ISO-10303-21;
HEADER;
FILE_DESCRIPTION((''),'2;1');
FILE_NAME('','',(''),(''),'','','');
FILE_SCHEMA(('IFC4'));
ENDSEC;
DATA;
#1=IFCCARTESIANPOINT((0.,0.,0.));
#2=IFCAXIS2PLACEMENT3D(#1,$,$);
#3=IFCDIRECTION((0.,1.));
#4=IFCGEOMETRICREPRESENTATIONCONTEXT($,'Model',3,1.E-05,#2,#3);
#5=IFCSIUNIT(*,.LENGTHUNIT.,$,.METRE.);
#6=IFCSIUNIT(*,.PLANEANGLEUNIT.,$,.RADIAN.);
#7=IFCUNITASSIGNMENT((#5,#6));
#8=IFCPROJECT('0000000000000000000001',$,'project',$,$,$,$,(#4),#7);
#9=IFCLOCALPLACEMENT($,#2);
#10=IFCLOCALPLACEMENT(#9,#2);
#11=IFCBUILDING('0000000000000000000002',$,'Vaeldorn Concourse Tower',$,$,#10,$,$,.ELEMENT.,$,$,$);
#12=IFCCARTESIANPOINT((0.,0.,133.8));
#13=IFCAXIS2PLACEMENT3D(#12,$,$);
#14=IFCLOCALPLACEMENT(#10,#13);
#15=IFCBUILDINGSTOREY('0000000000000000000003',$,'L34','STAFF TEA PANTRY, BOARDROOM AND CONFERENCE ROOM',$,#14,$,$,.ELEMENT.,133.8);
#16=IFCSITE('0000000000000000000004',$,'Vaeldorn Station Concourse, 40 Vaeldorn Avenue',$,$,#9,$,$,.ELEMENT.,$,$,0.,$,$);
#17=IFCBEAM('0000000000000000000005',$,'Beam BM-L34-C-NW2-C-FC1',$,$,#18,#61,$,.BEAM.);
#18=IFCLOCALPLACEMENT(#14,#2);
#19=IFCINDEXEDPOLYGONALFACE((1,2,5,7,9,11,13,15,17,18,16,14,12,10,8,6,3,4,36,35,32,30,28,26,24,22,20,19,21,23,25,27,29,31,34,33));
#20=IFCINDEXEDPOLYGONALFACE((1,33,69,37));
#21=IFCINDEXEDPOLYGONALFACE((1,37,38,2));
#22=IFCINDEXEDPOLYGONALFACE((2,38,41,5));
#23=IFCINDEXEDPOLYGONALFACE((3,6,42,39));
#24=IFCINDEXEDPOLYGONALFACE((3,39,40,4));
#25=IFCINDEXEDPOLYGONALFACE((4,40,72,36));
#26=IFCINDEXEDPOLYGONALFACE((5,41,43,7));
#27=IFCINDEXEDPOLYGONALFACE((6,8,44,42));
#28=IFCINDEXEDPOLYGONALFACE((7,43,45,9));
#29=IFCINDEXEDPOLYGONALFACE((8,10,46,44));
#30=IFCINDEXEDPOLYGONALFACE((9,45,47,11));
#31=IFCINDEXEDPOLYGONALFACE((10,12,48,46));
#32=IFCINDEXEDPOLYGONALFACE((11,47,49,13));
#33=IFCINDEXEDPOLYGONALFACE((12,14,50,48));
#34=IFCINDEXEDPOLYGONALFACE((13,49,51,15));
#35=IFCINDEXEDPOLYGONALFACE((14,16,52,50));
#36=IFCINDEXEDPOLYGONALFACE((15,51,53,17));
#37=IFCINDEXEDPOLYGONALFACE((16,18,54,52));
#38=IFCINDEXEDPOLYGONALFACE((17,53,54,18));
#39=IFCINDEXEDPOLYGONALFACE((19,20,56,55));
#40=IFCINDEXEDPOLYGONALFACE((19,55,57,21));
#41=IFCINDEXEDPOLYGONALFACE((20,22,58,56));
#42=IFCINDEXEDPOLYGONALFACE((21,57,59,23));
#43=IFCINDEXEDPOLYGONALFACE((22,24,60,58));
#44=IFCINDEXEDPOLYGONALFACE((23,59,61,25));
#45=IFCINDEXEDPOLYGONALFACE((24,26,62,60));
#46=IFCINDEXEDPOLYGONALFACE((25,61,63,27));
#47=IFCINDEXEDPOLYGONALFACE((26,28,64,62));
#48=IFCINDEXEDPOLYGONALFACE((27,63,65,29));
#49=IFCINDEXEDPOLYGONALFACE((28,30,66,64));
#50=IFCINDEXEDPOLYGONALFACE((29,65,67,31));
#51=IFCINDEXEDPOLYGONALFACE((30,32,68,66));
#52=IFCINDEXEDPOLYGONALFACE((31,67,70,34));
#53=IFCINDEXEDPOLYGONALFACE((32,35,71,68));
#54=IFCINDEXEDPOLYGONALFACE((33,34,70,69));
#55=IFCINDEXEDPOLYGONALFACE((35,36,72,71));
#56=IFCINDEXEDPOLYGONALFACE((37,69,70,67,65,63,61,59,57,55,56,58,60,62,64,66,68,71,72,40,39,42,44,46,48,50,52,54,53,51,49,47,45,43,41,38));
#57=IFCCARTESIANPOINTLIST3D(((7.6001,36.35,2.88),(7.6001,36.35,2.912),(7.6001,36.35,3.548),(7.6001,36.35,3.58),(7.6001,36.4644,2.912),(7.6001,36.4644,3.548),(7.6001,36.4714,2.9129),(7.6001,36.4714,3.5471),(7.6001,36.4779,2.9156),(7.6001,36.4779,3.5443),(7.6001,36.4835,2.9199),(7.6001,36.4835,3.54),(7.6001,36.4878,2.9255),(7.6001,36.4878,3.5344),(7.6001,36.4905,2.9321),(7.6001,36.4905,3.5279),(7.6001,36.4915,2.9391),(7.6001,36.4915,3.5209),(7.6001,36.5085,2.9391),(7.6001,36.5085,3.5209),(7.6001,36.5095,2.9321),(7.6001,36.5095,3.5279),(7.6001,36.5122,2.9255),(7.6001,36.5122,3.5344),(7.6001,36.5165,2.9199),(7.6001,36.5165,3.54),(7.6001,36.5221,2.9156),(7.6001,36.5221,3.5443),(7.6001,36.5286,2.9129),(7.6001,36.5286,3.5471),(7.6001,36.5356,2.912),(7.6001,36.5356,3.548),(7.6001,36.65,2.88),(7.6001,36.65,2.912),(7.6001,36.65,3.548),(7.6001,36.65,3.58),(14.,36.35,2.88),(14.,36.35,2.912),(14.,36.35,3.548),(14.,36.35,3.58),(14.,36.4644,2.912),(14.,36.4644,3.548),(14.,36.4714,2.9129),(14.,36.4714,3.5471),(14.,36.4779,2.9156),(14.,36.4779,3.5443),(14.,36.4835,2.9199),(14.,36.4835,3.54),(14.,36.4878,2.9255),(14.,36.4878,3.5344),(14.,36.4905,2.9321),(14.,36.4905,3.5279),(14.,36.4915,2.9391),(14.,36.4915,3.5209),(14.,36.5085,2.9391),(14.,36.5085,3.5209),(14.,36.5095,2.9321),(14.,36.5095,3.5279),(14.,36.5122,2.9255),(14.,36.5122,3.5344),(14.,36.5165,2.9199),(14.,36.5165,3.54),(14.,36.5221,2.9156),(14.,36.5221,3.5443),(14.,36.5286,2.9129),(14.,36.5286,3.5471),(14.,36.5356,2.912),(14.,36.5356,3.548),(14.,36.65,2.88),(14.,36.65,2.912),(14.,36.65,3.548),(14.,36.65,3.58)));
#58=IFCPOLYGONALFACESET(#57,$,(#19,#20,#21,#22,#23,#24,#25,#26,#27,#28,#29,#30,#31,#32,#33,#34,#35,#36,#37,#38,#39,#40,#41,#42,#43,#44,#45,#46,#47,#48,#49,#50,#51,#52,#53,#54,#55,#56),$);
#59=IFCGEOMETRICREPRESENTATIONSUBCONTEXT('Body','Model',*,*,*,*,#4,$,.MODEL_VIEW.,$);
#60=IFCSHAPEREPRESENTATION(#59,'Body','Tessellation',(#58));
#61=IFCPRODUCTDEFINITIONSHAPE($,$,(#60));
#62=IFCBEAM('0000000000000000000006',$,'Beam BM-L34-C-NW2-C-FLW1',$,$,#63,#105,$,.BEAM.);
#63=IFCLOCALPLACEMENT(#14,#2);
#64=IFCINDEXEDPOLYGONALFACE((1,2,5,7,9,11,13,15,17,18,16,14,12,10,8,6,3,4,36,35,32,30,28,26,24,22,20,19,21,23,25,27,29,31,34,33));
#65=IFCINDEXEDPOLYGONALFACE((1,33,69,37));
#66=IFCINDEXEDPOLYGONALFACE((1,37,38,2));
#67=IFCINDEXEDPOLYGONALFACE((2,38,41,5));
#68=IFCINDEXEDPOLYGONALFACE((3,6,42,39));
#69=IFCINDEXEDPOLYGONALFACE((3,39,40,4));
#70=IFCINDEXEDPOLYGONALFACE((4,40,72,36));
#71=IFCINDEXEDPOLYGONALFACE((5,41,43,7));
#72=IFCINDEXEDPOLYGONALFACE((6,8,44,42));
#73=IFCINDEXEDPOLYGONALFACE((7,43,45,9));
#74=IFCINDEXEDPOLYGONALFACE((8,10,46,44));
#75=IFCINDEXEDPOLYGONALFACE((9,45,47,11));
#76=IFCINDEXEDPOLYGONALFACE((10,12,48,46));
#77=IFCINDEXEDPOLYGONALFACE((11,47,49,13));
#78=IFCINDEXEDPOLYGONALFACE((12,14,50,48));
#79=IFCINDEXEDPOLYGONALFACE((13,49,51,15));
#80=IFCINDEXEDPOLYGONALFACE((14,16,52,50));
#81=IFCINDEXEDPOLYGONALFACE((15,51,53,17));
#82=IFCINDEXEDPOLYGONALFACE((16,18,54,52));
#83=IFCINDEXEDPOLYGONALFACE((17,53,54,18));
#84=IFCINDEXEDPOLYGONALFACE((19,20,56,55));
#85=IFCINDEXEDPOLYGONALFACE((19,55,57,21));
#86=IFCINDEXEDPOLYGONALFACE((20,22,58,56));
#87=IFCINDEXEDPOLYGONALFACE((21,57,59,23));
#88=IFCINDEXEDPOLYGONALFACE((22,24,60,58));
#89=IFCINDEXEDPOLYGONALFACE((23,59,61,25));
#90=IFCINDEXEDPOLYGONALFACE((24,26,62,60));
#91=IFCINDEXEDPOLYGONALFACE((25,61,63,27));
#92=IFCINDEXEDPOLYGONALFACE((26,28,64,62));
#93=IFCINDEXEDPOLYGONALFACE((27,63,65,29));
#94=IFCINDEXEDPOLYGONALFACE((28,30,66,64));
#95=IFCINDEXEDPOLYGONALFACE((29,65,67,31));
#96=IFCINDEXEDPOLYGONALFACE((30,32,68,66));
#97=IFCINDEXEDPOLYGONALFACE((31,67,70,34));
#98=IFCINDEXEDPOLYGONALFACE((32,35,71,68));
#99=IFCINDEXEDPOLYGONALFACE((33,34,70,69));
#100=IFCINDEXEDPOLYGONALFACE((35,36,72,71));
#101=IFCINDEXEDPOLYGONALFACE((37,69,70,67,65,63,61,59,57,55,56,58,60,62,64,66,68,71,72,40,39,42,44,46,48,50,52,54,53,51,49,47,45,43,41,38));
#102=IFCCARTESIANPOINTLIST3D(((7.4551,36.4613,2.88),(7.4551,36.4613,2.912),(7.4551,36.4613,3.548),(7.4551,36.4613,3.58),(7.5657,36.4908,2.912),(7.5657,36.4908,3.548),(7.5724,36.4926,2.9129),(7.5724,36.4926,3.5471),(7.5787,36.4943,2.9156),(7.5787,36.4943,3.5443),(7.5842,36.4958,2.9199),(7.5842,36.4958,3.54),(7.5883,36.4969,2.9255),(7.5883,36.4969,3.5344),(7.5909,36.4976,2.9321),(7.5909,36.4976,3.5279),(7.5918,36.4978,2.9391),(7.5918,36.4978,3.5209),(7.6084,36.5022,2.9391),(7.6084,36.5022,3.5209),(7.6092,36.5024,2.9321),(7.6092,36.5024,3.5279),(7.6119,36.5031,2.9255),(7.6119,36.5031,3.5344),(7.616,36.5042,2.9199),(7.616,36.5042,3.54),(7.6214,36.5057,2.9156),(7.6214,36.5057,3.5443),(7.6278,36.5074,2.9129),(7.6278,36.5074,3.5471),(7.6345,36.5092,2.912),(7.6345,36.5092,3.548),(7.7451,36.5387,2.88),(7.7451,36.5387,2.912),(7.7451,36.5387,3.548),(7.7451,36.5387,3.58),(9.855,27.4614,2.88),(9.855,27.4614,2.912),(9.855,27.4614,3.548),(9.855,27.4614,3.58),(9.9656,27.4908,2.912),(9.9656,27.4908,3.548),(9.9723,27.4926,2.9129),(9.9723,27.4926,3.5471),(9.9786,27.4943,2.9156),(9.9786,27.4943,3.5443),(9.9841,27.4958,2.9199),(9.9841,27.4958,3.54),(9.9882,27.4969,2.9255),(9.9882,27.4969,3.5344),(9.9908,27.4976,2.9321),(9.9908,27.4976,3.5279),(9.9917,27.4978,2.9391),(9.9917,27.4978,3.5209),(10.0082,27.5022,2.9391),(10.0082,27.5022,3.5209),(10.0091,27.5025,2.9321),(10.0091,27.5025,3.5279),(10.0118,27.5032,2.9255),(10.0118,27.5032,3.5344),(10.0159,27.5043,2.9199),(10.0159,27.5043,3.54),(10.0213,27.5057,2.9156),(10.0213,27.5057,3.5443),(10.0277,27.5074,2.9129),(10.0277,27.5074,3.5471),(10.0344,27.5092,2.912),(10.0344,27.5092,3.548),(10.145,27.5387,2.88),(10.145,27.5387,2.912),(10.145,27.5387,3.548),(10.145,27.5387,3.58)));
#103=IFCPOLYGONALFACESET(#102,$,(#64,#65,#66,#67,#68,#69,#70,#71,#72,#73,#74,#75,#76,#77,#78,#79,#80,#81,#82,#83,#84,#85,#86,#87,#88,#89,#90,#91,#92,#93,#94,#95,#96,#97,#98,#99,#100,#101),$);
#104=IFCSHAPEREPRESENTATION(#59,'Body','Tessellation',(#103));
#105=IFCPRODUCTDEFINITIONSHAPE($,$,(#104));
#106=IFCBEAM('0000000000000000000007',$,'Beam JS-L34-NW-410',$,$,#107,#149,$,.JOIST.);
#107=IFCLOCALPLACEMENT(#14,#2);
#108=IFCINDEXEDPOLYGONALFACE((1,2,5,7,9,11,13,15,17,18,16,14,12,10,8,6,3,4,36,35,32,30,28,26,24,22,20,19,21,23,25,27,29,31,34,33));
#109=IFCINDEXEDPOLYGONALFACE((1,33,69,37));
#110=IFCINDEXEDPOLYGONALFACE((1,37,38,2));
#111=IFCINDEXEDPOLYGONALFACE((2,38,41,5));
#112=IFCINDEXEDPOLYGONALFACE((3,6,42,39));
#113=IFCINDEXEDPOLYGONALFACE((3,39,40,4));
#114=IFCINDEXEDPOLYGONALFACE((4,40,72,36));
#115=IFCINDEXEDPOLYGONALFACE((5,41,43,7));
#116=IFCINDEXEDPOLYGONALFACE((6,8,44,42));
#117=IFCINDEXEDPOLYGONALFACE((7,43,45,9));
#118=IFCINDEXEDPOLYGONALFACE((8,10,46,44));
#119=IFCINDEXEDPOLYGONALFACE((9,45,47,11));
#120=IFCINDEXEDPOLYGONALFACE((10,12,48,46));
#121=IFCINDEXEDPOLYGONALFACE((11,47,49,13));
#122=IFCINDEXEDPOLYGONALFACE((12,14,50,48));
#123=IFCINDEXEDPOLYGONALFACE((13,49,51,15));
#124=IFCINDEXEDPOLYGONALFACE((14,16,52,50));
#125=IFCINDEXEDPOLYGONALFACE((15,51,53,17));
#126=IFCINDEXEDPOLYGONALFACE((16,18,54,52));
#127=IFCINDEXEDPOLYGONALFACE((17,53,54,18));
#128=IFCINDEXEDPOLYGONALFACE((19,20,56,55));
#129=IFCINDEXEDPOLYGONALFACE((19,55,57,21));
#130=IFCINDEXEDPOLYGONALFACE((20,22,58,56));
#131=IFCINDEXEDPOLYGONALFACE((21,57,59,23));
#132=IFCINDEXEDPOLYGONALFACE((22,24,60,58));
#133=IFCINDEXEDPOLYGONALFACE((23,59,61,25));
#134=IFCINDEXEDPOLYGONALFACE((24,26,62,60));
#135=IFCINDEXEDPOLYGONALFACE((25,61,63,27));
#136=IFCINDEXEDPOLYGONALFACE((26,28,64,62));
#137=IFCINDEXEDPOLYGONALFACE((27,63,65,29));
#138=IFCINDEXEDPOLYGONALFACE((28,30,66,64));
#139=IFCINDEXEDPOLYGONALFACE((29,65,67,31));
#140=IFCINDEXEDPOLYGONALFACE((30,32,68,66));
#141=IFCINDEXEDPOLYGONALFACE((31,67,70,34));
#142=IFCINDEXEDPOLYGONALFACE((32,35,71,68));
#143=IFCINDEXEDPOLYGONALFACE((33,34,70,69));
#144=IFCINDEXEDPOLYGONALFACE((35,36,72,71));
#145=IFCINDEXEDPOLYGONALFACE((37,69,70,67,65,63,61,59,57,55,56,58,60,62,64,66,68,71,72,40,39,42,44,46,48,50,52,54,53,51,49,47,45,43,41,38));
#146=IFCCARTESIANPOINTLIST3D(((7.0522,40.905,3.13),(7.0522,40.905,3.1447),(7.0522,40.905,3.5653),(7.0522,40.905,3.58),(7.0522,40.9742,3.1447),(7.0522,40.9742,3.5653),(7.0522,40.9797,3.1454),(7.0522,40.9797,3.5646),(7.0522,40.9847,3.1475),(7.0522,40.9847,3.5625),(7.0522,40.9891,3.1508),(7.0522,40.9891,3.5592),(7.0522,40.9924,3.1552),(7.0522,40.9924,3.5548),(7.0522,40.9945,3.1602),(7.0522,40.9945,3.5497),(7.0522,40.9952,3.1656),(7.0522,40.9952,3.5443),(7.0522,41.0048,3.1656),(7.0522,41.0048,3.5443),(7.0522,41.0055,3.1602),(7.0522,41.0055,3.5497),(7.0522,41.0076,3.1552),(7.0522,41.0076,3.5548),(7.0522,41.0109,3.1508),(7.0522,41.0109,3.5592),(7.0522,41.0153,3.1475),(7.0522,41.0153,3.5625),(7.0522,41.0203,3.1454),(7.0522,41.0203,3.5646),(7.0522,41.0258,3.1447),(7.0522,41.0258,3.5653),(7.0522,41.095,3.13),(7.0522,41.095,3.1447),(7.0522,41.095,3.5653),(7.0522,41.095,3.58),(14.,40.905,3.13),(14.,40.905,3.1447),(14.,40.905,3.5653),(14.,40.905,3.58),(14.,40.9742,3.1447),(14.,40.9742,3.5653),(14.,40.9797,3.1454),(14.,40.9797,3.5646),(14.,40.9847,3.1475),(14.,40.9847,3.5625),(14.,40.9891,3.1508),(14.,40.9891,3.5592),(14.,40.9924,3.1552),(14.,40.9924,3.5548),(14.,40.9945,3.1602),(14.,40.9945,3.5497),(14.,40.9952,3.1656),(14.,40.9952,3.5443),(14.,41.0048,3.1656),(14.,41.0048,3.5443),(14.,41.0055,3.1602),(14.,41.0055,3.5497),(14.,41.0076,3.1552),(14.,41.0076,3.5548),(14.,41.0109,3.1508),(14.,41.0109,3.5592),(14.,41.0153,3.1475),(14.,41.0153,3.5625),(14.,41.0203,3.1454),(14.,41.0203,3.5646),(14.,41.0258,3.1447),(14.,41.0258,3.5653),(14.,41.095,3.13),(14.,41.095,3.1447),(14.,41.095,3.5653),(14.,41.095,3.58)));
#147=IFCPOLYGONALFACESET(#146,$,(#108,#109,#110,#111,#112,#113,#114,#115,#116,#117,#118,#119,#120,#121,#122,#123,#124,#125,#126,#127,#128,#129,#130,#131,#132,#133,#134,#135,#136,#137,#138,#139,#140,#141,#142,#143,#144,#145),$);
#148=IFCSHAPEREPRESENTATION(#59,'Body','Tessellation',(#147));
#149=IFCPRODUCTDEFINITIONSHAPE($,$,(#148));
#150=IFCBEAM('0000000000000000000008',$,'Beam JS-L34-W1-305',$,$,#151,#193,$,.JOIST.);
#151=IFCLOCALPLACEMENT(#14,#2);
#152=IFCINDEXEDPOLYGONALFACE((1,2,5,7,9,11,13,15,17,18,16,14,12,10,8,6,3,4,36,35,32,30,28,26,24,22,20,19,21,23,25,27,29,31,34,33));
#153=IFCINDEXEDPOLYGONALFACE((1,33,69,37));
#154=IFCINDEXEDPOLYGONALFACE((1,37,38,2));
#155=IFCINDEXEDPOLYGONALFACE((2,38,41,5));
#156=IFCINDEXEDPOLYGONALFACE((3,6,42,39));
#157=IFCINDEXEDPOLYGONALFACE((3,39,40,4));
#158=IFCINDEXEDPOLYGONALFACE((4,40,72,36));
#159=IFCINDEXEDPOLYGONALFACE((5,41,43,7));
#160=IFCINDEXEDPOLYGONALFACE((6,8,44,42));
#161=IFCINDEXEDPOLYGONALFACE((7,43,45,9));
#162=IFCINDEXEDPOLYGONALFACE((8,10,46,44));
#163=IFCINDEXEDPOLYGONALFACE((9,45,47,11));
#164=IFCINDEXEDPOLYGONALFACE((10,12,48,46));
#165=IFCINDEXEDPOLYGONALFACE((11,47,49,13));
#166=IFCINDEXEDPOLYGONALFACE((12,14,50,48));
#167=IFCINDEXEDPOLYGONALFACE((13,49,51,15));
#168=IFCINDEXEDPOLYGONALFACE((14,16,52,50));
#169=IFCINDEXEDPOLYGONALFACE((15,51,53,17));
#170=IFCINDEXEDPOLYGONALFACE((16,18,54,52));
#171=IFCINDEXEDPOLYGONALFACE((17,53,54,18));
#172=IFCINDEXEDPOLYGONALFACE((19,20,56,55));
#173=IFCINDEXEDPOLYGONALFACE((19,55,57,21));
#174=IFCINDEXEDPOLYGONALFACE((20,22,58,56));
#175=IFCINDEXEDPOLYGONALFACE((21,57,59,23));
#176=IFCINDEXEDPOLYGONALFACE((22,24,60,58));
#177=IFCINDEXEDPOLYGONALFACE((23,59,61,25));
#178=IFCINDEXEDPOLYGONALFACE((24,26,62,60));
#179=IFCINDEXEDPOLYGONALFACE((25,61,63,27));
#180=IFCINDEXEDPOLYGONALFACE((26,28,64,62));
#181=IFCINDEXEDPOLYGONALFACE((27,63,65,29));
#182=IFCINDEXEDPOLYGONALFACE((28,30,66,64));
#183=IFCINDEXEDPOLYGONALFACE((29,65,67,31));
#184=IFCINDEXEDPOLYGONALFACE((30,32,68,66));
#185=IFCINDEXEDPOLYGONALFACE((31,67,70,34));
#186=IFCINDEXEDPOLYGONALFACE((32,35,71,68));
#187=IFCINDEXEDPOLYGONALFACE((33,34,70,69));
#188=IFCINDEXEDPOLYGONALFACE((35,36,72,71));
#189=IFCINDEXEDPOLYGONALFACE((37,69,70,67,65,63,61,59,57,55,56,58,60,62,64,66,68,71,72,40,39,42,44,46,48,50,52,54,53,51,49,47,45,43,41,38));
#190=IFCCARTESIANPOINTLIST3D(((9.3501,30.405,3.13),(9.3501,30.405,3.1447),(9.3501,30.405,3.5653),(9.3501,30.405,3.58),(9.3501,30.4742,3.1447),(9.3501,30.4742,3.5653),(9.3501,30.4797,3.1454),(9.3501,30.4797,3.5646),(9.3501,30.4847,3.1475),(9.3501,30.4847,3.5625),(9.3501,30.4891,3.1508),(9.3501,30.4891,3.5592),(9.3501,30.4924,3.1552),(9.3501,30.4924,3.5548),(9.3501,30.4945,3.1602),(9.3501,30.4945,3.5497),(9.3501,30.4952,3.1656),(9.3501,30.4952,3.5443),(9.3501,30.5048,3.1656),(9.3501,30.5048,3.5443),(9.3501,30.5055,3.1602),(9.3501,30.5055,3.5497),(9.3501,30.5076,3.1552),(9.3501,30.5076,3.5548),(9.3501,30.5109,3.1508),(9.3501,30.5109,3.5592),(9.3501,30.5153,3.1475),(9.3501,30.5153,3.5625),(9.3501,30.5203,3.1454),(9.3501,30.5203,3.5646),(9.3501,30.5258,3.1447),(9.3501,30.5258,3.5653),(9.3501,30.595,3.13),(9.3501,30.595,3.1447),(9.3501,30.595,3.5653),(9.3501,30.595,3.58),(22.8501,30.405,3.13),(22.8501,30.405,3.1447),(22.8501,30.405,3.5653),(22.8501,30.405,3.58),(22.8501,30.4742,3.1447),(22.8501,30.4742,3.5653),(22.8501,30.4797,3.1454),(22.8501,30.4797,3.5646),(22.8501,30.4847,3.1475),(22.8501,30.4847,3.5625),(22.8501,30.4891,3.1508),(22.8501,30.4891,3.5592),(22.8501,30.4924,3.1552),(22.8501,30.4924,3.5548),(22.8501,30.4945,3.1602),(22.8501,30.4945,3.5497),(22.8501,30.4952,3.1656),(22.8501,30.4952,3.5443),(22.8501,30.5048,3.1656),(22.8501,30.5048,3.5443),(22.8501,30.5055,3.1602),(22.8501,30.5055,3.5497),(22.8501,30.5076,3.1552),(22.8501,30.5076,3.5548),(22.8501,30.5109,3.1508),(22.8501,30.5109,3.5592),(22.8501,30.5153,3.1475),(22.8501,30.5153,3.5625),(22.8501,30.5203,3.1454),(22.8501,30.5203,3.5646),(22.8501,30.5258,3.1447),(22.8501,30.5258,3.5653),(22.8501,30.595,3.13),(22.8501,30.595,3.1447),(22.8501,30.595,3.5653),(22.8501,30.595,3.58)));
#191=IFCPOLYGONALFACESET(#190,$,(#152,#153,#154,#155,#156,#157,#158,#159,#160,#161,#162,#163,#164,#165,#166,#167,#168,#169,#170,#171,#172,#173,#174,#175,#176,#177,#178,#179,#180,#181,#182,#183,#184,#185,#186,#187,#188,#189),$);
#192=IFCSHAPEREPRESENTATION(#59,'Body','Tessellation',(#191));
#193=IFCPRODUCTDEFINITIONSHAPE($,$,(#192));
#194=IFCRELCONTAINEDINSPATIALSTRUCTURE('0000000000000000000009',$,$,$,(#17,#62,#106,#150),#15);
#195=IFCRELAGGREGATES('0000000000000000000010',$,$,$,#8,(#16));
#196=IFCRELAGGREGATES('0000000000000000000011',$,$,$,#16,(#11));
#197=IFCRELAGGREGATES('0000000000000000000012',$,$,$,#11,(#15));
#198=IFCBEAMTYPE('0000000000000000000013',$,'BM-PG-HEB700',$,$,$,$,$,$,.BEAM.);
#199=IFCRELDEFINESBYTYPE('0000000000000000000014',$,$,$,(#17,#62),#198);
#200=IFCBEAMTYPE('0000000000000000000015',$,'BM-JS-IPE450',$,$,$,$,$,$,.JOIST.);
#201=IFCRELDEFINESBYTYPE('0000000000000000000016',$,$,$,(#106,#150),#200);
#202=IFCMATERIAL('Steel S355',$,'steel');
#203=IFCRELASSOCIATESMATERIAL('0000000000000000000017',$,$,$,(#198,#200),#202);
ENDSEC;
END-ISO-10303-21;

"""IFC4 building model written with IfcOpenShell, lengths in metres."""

from ifc_helpers import new_model, si_unit, direction, frame, origin, origin_2d, place, context, subcontext, project, spatial, i_section, extrude, source, transform, mapped, material, material_profile, profile_set, type_object, element, save


model = new_model("IFC4")

# Units and contexts
model_context = context("Model", 3, precision=1e-05, world=origin(), true_north=direction((0.0, 1.0)))
body_context = subcontext(model_context, "Body", "Model", "MODEL_VIEW")
ifc_project = project(units=[si_unit("LENGTHUNIT", "METRE"), si_unit("PLANEANGLEUNIT", "RADIAN")], contexts=[model_context])

# Site, building, storey
site_placement = place(None, origin())
site = spatial("IfcSite", under=ifc_project, at=site_placement, Name="Vaeldorn Station Concourse, 40 Vaeldorn Avenue", CompositionType="ELEMENT", RefElevation=0.0)
building_placement = place(site_placement, origin())
building = spatial("IfcBuilding", under=site, at=building_placement, Name="Vaeldorn Concourse Tower", CompositionType="ELEMENT")
storey_placement = place(building_placement, frame((0.0, 0.0, 133.8)))
storey = spatial("IfcBuildingStorey", under=building, at=storey_placement, Name="L34", Description="STAFF TEA PANTRY, BOARDROOM AND CONFERENCE ROOM", CompositionType="ELEMENT", Elevation=133.8)

# Beams
ifc_material_1 = material(Name="Steel S355", Category="steel")
ifc_material_profile_1 = material_profile(ifc_material_1, i_section(OverallWidth=0.3, OverallDepth=0.7, WebThickness=0.0171, FlangeThickness=0.032, FilletRadius=0.0271, at=origin_2d()), Name="HEB 700")
ifc_profile_set_1 = profile_set([ifc_material_profile_1], Name="Steel S355")
beam_type_1 = type_object("IfcBeamType", Name="BM-PG-HEB700", PredefinedType="BEAM", material=ifc_profile_set_1)
shared_shape_1 = source(origin(), body_context, "Body", "SweptSolid", [
    extrude(i_section(OverallWidth=0.3, OverallDepth=0.7, WebThickness=0.0171, FlangeThickness=0.032, FilletRadius=0.0271, at=origin_2d()), origin(), (0.0, 0.0, 1.0), 6.3999),
])
beam_1_placement = place(storey_placement, frame((7.6001, 36.5, 3.23), z_axis=(1.0, 0.0, 0.0), x_axis=(0.0, 1.0, 0.0)))
element("IfcBeam", 1, at=beam_1_placement, inside=storey, type_object=beam_type_1, Name="Beam BM-L34-C-NW2-C-FC1", PredefinedType="BEAM", context=body_context, shape_type="MappedRepresentation", body=[
    mapped(shared_shape_1, transform((0.0, 0.0, 0.0), scale=1.0)),
])
shared_shape_2 = source(origin(), body_context, "Body", "SweptSolid", [
    extrude(i_section(OverallWidth=0.3, OverallDepth=0.7, WebThickness=0.0171, FlangeThickness=0.032, FilletRadius=0.0271, at=origin_2d()), origin(), (0.0, 0.0, 1.0), 9.3145),
])
beam_2_placement = place(storey_placement, frame((7.6001, 36.5, 3.23), z_axis=(0.257653, -0.966238, 0.0), x_axis=(0.966238, 0.257653, 0.0)))
element("IfcBeam", 2, at=beam_2_placement, inside=storey, type_object=beam_type_1, Name="Beam BM-L34-C-NW2-C-FLW1", PredefinedType="BEAM", context=body_context, shape_type="MappedRepresentation", body=[
    mapped(shared_shape_2, transform((0.0, 0.0, 0.0), scale=1.0)),
])
ifc_material_profile_2 = material_profile(ifc_material_1, i_section(OverallWidth=0.1899, OverallDepth=0.45, WebThickness=0.0095, FlangeThickness=0.0146, FilletRadius=0.021, at=origin_2d()), Name="IPE 450")
ifc_profile_set_2 = profile_set([ifc_material_profile_2], Name="Steel S355")
beam_type_2 = type_object("IfcBeamType", Name="BM-JS-IPE450", PredefinedType="JOIST", material=ifc_profile_set_2)
shared_shape_3 = source(origin(), body_context, "Body", "SweptSolid", [
    extrude(i_section(OverallWidth=0.1899, OverallDepth=0.45, WebThickness=0.0095, FlangeThickness=0.0146, FilletRadius=0.021, at=origin_2d()), origin(), (0.0, 0.0, 1.0), 6.9478),
])
beam_3_placement = place(storey_placement, frame((7.0522, 41.0, 3.355), z_axis=(1.0, 0.0, 0.0), x_axis=(0.0, 1.0, 0.0)))
element("IfcBeam", 3, at=beam_3_placement, inside=storey, type_object=beam_type_2, Name="Beam JS-L34-NW-410", PredefinedType="JOIST", context=body_context, shape_type="MappedRepresentation", body=[
    mapped(shared_shape_3, transform((0.0, 0.0, 0.0), scale=1.0)),
])
shared_shape_4 = source(origin(), body_context, "Body", "SweptSolid", [
    extrude(i_section(OverallWidth=0.1899, OverallDepth=0.45, WebThickness=0.0095, FlangeThickness=0.0146, FilletRadius=0.021, at=origin_2d()), origin(), (0.0, 0.0, 1.0), 13.5),
])
beam_4_placement = place(storey_placement, frame((9.3501, 30.5, 3.355), z_axis=(1.0, 0.0, 0.0), x_axis=(0.0, 1.0, 0.0)))
element("IfcBeam", 4, at=beam_4_placement, inside=storey, type_object=beam_type_2, Name="Beam JS-L34-W1-305", PredefinedType="JOIST", context=body_context, shape_type="MappedRepresentation", body=[
    mapped(shared_shape_4, transform((0.0, 0.0, 0.0), scale=1.0)),
])

save(model, "model.ifc")
